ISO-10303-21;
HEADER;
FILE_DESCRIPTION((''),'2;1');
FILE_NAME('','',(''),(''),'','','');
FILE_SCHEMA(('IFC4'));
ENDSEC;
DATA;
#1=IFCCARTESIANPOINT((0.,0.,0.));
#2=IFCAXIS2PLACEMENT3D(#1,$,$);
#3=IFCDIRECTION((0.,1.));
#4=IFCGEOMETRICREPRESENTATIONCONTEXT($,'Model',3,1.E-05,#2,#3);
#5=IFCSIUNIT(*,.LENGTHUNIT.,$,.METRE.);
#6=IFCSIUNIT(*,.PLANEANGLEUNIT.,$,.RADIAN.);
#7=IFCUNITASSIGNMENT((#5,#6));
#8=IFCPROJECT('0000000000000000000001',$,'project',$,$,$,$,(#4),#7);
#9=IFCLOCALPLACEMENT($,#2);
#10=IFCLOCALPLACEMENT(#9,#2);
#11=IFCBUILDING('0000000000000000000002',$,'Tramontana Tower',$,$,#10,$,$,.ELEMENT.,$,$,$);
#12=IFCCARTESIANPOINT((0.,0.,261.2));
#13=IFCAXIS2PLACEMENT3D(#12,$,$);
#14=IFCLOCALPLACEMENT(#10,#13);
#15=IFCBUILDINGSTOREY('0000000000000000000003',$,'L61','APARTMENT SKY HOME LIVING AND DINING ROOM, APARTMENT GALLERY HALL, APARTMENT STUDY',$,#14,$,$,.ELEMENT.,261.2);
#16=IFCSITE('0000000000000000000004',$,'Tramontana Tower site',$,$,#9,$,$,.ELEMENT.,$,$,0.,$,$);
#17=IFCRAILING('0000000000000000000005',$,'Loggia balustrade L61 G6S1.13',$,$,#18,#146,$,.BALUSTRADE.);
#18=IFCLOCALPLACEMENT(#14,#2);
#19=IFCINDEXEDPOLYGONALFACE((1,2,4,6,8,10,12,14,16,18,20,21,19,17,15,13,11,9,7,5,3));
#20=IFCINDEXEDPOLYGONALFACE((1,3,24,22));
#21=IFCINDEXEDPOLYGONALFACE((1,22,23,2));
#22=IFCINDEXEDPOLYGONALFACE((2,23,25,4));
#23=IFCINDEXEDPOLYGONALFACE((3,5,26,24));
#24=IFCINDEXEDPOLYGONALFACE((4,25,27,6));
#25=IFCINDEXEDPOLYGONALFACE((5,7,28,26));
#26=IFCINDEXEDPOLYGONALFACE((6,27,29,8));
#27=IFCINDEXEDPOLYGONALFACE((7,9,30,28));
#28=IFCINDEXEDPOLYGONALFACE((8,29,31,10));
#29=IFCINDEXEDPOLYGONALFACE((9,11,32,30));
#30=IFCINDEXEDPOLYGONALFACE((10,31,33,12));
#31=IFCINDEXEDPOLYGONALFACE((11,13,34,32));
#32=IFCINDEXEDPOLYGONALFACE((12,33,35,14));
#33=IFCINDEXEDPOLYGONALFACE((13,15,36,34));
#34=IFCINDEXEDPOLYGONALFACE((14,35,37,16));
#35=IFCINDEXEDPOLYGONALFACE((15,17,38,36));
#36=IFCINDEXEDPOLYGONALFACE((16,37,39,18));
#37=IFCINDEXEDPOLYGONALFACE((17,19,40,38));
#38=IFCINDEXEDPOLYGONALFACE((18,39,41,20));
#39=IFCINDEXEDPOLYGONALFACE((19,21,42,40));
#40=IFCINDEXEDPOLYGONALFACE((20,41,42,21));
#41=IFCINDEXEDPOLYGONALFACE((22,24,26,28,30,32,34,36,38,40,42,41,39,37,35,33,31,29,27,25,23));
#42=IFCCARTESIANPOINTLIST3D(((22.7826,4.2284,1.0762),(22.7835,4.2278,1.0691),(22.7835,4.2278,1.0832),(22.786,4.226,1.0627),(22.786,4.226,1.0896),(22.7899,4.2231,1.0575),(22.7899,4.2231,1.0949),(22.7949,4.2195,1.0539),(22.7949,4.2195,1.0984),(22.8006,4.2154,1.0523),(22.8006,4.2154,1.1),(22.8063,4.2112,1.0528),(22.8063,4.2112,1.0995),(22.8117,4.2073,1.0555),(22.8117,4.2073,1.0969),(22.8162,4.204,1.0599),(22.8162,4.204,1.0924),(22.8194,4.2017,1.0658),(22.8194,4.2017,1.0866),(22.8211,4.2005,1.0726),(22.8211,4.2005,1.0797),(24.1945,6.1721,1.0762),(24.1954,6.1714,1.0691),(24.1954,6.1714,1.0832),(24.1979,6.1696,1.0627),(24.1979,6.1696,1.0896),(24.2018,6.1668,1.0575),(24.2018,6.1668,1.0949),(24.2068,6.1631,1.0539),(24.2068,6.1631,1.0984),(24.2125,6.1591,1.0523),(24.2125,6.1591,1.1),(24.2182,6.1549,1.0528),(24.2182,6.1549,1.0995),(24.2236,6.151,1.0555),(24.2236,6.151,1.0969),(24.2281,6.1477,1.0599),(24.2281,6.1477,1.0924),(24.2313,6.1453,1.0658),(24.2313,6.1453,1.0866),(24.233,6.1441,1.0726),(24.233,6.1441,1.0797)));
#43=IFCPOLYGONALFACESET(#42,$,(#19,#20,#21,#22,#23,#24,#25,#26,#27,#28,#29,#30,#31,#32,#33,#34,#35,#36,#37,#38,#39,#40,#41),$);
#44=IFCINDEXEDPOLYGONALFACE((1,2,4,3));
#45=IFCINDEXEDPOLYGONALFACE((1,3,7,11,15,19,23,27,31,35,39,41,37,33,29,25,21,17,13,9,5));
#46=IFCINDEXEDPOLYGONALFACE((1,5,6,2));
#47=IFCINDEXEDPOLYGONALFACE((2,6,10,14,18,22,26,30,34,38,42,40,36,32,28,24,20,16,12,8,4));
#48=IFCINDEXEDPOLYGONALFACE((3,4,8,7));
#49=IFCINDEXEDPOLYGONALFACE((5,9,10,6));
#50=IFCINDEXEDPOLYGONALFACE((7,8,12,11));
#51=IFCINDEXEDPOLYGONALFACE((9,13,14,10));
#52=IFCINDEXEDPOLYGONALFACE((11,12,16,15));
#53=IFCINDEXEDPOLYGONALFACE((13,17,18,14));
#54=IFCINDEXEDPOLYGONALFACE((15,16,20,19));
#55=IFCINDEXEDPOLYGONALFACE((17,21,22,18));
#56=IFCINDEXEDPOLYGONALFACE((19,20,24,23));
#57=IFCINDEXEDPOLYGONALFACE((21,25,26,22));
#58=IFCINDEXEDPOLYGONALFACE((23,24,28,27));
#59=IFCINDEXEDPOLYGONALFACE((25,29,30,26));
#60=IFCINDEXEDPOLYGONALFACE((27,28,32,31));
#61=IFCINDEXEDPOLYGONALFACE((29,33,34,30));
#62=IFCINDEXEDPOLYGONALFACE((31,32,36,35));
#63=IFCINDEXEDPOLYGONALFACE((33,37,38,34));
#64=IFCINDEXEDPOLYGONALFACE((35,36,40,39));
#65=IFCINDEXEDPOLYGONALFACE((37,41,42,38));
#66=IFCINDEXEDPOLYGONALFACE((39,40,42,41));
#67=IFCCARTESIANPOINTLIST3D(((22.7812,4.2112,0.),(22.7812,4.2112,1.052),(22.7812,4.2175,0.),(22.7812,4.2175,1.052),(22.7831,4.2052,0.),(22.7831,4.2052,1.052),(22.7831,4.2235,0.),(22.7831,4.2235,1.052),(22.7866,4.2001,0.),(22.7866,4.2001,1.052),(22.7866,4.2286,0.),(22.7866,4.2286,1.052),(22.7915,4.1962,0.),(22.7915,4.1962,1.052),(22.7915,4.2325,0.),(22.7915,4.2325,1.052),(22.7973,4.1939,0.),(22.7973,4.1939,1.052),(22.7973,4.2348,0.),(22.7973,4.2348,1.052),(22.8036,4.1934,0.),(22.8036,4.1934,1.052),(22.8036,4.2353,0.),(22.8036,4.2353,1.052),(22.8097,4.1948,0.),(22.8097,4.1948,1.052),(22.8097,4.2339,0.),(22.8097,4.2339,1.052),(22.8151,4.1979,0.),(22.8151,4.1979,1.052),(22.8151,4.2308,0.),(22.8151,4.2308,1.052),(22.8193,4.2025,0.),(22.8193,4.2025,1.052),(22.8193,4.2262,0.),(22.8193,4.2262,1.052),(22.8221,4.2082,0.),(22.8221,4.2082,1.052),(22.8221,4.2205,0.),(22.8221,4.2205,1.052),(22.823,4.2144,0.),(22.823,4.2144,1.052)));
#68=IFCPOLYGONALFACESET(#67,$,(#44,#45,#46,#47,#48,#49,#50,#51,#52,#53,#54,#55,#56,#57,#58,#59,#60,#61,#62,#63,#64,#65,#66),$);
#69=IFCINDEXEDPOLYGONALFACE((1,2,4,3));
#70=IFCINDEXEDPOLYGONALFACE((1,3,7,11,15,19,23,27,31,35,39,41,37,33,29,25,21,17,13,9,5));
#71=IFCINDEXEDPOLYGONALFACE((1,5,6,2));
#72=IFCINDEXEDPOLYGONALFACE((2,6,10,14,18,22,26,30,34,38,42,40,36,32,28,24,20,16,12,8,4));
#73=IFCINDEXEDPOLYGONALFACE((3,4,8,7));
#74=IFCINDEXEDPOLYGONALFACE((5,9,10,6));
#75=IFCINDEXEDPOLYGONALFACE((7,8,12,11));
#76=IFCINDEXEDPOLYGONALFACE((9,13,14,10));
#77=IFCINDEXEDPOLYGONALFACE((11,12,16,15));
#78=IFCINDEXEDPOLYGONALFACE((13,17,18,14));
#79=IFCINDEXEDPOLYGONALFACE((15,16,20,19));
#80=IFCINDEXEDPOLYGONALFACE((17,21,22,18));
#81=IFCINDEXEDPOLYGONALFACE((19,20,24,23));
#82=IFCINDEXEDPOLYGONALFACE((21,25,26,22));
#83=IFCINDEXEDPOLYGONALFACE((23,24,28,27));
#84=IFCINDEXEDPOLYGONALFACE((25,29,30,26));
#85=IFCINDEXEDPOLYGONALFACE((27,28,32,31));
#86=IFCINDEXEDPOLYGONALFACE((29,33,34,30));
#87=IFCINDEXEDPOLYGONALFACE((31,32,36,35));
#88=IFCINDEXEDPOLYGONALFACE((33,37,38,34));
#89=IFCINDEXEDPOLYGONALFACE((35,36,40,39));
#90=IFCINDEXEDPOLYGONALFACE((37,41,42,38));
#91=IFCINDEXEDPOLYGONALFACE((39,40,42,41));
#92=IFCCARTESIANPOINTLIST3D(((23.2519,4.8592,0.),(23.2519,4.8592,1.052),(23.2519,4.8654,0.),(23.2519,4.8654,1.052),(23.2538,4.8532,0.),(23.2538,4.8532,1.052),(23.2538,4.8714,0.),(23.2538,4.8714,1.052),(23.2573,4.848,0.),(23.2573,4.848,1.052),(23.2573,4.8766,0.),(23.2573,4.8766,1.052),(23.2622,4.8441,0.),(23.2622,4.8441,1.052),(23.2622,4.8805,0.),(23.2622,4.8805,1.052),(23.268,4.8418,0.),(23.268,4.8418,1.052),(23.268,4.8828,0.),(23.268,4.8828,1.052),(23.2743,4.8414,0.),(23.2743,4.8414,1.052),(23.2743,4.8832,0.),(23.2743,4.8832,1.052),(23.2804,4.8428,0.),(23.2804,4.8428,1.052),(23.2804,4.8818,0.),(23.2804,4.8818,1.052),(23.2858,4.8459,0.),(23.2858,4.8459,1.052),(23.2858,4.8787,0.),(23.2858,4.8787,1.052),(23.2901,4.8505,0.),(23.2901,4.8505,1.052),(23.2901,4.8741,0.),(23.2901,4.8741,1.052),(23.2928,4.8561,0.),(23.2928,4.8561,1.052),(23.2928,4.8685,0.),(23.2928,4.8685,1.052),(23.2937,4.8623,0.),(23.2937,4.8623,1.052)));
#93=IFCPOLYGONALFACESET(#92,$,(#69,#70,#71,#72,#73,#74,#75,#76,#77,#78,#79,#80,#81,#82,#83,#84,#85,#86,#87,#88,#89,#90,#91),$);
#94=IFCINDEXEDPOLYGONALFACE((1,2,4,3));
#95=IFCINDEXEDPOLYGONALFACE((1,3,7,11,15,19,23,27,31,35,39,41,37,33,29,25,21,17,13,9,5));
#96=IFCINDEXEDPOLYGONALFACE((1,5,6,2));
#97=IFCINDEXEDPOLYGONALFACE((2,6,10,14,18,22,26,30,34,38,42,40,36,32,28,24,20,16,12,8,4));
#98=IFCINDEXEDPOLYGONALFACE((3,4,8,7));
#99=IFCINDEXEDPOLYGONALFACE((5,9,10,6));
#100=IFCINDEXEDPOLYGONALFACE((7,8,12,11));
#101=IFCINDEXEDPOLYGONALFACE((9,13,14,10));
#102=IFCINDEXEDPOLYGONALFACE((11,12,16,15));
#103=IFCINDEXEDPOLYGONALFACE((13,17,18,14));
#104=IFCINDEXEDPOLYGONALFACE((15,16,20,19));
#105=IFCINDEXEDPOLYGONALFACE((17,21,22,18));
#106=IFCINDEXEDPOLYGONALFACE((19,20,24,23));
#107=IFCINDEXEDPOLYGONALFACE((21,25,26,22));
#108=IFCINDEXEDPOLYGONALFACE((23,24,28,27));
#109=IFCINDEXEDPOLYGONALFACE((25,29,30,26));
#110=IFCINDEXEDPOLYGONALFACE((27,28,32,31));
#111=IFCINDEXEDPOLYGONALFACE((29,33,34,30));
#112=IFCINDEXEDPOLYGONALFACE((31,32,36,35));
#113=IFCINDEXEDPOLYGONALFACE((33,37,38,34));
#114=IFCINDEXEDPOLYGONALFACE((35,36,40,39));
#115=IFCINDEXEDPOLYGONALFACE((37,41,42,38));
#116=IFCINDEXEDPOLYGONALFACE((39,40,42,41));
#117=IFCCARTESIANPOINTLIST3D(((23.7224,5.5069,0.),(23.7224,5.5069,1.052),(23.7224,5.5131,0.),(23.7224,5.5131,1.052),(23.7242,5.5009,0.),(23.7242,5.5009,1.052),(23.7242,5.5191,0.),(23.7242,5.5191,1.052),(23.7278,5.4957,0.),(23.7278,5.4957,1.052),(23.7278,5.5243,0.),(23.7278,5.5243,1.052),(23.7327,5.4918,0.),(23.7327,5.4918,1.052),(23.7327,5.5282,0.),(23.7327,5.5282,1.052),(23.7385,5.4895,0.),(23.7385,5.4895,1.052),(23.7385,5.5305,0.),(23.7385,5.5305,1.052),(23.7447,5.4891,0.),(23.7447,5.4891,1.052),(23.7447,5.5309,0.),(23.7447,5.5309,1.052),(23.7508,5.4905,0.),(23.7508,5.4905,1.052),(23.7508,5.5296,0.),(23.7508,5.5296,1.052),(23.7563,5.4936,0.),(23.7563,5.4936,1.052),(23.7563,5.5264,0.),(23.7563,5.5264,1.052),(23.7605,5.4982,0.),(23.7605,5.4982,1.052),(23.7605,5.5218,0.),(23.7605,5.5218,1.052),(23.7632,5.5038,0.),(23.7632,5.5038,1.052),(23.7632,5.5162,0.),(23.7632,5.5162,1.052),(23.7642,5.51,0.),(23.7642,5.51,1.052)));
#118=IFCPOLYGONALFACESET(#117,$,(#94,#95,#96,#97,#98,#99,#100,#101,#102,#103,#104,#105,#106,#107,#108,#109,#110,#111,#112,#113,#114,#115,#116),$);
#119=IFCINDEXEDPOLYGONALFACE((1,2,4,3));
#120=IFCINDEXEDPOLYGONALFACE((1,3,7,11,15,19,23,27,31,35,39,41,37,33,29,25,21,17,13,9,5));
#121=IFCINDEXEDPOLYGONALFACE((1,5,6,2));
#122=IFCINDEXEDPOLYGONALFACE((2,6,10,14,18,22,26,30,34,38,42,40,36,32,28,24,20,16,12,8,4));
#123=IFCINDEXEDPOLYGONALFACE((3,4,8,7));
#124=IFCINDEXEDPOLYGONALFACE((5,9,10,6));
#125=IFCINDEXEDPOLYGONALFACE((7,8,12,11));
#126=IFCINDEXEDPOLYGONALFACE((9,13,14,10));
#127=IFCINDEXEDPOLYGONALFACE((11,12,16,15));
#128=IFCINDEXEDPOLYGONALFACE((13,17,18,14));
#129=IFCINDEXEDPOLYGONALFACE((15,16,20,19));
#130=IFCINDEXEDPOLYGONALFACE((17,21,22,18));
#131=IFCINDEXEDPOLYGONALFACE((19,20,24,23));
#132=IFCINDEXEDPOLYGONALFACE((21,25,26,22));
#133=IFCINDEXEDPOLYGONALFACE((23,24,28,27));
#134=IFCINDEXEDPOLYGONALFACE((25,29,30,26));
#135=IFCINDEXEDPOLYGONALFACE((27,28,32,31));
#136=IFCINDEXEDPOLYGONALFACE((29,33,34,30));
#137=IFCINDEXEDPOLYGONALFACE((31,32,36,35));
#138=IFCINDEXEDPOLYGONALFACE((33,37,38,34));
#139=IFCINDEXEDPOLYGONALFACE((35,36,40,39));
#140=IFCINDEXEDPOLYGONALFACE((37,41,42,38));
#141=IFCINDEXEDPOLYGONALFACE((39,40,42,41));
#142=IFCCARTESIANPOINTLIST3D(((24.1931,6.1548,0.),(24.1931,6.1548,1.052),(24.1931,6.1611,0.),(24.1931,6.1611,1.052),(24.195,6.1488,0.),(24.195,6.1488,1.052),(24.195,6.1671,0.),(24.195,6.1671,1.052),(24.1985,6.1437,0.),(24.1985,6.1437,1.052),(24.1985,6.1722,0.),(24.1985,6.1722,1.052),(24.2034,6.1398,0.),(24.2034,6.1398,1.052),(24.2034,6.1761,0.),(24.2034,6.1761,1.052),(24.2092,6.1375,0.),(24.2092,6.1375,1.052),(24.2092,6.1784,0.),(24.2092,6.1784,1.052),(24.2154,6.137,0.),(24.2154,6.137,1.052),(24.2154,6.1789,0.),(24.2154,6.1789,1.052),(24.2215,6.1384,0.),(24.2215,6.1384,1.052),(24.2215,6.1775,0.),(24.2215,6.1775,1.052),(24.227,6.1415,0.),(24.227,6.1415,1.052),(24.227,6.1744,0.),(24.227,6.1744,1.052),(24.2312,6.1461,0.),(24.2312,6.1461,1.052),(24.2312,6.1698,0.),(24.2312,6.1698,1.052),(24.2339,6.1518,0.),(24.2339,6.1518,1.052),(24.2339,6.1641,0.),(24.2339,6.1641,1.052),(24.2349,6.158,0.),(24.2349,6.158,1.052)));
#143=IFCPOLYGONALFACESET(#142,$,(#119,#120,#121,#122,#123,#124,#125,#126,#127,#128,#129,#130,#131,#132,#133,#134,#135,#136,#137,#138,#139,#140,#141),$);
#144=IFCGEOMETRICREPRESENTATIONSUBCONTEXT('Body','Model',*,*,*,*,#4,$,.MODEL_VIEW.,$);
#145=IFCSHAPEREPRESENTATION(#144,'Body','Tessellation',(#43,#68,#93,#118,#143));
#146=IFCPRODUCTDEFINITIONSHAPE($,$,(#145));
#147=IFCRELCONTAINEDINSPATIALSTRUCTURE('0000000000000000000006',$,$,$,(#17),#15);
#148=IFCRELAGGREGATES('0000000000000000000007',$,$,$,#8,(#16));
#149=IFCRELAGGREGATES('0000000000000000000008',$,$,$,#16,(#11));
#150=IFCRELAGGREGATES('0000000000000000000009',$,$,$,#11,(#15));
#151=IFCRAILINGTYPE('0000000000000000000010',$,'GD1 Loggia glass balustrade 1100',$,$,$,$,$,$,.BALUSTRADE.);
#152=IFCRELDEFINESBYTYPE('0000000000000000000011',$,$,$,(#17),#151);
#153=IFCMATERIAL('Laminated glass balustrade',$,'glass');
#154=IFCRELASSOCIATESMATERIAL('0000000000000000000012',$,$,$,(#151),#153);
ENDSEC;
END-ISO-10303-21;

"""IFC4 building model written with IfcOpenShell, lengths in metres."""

from ifc_helpers import new_model, si_unit, direction, frame, origin, origin_2d, place, context, subcontext, project, spatial, circle, extrude, material, type_object, element, save


model = new_model("IFC4")

# Units and contexts
model_context = context("Model", 3, precision=1e-05, world=origin(), true_north=direction((0.0, 1.0)))
body_context = subcontext(model_context, "Body", "Model", "MODEL_VIEW")
ifc_project = project(units=[si_unit("LENGTHUNIT", "METRE"), si_unit("PLANEANGLEUNIT", "RADIAN")], contexts=[model_context])

# Site, building, storey
site_placement = place(None, origin())
site = spatial("IfcSite", under=ifc_project, at=site_placement, Name="Tramontana Tower site", CompositionType="ELEMENT", RefElevation=0.0)
building_placement = place(site_placement, origin())
building = spatial("IfcBuilding", under=site, at=building_placement, Name="Tramontana Tower", CompositionType="ELEMENT")
storey_placement = place(building_placement, frame((0.0, 0.0, 261.2)))
storey = spatial("IfcBuildingStorey", under=building, at=storey_placement, Name="L61", Description="APARTMENT SKY HOME LIVING AND DINING ROOM, APARTMENT GALLERY HALL, APARTMENT STUDY", CompositionType="ELEMENT", Elevation=261.2)

# Railing
ifc_material_1 = material(Name="Laminated glass balustrade", Category="glass")
railing_type = type_object("IfcRailingType", Name="GD1 Loggia glass balustrade 1100", PredefinedType="BALUSTRADE", material=ifc_material_1)
railing_1_placement = place(storey_placement, frame((22.802, 4.2144, 0.0)))
element("IfcRailing", 1, at=railing_1_placement, inside=storey, type_object=railing_type, Name="Loggia balustrade L61 G6S1.13", PredefinedType="BALUSTRADE", context=body_context, shape_type="SweptSolid", body=[
    extrude(circle(Radius=0.0239, at=origin_2d()), frame((0.0, 0.0, 1.0762), z_axis=(0.587718, 0.809066, 0.0), x_axis=(-0.809066, 0.587718, 0.0)), (0.0, 0.0, 1.0), 2.4023),
    extrude(circle(Radius=0.021, at=origin_2d()), origin(), (0.0, 0.0, 1.0), 1.052),
    extrude(circle(Radius=0.021, at=origin_2d()), frame((0.4707, 0.6479, 0.0)), (0.0, 0.0, 1.0), 1.052),
    extrude(circle(Radius=0.021, at=origin_2d()), frame((0.9412, 1.2957, 0.0)), (0.0, 0.0, 1.0), 1.052),
    extrude(circle(Radius=0.021, at=origin_2d()), frame((1.4119, 1.9436, 0.0)), (0.0, 0.0, 1.0), 1.052),
])

save(model, "model.ifc")
